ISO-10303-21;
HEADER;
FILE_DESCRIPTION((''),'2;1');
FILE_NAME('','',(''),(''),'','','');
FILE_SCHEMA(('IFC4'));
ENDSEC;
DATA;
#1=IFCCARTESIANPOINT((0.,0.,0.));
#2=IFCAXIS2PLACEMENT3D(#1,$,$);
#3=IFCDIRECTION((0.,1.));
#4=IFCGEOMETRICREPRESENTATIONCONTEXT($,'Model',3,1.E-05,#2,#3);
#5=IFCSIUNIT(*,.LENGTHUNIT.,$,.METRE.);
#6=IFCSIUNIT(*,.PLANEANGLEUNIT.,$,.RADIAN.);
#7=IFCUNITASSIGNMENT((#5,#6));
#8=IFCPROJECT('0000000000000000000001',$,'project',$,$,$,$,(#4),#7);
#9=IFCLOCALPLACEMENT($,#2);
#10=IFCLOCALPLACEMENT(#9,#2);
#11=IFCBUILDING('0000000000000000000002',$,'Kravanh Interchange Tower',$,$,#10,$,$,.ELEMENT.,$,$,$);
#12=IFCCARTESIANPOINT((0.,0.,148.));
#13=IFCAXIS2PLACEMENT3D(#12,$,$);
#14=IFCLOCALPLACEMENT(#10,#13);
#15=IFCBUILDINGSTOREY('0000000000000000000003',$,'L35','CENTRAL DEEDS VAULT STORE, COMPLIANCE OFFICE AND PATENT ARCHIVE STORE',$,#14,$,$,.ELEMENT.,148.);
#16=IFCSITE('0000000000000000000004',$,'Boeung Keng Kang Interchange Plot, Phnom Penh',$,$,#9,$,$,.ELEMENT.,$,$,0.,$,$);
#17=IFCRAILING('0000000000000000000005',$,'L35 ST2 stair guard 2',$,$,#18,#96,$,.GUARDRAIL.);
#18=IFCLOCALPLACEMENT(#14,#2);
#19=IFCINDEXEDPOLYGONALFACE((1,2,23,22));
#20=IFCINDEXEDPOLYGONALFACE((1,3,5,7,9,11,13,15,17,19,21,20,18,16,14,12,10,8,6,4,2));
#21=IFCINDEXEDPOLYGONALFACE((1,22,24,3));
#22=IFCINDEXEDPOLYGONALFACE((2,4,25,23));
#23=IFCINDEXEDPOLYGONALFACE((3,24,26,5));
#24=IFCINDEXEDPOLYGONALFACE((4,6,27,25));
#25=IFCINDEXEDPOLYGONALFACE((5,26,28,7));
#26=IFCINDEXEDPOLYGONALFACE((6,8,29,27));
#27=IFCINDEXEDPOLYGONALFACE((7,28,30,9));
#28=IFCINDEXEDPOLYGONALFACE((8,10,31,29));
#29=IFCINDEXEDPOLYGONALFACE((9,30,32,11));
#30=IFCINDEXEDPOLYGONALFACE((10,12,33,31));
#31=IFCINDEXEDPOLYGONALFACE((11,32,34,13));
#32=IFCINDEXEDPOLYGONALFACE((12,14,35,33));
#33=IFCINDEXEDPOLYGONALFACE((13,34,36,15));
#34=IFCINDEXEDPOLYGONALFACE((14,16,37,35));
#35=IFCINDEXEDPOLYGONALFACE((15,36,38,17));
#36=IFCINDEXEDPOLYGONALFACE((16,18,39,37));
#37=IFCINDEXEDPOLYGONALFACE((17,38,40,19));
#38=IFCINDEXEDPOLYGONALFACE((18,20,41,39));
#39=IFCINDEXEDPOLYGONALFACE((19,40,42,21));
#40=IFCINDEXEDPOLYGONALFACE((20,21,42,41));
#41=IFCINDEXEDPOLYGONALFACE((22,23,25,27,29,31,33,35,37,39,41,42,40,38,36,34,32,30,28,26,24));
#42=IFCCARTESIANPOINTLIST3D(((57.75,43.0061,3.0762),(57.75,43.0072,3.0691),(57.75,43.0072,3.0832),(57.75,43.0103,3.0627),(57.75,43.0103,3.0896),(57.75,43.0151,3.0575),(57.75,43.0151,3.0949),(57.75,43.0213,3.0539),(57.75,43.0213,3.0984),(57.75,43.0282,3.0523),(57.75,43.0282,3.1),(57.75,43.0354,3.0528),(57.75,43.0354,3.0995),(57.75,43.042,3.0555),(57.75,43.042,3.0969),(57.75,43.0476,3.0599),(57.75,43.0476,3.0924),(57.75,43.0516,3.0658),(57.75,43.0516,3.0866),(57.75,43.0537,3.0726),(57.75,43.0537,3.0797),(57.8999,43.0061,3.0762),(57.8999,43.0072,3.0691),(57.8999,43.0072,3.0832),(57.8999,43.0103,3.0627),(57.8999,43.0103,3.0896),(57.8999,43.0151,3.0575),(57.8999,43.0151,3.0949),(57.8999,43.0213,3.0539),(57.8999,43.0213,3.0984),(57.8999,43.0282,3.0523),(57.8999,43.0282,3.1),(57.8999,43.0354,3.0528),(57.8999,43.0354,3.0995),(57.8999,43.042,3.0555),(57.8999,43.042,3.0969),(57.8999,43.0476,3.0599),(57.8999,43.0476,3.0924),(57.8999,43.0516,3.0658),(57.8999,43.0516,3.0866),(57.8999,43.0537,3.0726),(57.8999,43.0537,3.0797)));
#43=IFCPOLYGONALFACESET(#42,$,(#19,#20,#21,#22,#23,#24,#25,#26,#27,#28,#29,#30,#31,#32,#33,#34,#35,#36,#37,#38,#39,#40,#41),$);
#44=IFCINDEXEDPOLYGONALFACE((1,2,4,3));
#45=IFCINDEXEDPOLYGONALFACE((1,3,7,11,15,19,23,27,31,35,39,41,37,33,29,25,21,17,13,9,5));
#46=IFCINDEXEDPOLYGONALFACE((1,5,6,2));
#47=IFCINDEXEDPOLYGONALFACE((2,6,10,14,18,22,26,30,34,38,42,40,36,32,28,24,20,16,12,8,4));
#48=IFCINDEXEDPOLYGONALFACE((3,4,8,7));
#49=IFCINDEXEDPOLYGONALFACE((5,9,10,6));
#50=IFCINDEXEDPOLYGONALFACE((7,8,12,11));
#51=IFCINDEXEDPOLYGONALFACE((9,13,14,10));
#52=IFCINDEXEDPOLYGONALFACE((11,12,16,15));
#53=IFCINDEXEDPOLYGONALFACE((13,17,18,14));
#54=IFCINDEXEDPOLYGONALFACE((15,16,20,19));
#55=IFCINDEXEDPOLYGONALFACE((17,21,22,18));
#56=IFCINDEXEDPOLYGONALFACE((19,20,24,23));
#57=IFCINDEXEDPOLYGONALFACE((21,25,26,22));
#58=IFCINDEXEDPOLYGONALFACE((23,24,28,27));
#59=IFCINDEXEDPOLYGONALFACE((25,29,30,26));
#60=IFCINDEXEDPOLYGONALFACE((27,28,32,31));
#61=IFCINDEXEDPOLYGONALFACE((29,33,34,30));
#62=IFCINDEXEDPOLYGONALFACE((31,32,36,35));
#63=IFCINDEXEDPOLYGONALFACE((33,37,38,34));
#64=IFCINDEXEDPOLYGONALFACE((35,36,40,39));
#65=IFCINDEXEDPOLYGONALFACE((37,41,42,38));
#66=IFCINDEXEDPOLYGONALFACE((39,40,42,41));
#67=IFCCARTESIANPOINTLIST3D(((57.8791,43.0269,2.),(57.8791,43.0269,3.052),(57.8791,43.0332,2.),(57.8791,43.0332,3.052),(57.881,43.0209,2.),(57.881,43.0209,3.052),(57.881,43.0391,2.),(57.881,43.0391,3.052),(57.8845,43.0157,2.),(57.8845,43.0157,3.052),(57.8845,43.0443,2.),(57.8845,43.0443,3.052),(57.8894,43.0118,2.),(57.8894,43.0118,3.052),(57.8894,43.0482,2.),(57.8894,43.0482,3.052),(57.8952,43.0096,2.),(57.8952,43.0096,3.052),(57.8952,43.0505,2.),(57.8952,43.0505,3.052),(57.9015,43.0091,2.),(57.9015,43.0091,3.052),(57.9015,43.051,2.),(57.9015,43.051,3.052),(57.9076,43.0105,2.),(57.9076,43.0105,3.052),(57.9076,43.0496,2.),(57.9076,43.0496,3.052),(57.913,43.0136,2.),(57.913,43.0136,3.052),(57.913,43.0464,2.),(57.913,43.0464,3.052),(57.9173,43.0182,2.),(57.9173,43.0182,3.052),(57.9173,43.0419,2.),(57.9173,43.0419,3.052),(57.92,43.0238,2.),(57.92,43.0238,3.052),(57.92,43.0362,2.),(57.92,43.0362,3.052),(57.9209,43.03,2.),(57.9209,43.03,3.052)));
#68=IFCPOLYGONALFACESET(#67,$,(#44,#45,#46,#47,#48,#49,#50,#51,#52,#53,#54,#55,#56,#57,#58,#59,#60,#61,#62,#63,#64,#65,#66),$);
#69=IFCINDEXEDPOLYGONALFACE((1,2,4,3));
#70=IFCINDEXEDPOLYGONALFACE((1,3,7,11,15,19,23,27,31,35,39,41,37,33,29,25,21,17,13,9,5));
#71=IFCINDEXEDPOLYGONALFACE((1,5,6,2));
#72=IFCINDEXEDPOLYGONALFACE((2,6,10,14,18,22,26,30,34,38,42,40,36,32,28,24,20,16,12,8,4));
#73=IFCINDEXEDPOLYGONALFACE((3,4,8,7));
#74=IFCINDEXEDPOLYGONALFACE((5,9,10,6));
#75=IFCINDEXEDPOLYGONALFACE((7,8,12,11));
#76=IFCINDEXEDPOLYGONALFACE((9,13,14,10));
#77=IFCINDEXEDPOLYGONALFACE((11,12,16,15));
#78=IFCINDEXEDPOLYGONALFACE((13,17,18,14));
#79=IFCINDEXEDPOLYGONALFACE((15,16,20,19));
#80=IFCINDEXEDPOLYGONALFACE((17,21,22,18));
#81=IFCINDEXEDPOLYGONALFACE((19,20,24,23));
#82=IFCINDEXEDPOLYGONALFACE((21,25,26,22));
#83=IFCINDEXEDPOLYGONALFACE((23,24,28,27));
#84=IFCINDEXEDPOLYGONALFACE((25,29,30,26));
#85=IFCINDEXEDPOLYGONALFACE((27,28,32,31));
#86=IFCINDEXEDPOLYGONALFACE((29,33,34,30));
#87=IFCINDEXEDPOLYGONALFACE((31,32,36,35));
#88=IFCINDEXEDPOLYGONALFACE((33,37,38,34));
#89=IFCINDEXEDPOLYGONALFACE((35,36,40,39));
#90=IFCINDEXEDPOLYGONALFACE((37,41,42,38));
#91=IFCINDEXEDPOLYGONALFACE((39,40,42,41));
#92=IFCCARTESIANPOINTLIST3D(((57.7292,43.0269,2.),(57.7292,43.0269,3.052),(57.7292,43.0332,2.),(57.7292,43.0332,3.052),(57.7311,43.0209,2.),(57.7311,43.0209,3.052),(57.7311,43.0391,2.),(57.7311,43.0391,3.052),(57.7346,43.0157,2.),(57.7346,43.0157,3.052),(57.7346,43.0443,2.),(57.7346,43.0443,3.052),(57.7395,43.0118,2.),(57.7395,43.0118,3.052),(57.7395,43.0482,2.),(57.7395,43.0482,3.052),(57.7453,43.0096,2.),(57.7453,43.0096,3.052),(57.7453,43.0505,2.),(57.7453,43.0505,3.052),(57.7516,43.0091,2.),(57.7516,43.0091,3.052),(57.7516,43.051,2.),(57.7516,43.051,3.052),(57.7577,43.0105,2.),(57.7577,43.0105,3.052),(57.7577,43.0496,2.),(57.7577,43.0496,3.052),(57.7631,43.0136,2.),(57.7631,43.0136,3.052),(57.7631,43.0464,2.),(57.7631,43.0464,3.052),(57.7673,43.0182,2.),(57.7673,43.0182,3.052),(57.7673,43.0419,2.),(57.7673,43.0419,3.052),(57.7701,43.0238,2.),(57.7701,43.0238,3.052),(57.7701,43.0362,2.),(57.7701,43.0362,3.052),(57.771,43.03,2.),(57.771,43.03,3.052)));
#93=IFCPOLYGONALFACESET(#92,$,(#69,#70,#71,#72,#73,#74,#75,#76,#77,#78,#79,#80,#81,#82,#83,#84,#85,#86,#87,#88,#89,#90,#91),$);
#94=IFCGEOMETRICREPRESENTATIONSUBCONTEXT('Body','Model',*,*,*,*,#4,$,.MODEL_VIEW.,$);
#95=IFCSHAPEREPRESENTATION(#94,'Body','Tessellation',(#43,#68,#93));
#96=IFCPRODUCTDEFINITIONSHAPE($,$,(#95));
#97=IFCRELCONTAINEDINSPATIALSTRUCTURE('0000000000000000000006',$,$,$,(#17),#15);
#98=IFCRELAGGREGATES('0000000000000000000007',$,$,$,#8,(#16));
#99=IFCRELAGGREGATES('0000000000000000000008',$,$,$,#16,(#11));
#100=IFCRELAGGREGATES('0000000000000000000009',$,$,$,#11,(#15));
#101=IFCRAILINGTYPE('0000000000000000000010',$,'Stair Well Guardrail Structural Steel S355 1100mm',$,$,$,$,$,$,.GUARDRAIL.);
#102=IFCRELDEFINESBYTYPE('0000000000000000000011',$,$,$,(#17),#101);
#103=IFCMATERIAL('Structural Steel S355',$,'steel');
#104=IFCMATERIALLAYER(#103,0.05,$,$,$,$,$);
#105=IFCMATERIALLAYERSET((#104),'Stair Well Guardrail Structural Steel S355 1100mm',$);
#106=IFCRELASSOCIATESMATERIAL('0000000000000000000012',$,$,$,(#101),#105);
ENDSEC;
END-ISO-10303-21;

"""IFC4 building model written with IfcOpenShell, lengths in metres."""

from ifc_helpers import new_model, si_unit, direction, frame, origin, origin_2d, place, context, subcontext, project, spatial, circle, extrude, material, layer, layer_set, type_object, element, save


model = new_model("IFC4")

# Units and contexts
model_context = context("Model", 3, precision=1e-05, world=origin(), true_north=direction((0.0, 1.0)))
body_context = subcontext(model_context, "Body", "Model", "MODEL_VIEW")
ifc_project = project(units=[si_unit("LENGTHUNIT", "METRE"), si_unit("PLANEANGLEUNIT", "RADIAN")], contexts=[model_context])

# Site, building, storey
site_placement = place(None, origin())
site = spatial("IfcSite", under=ifc_project, at=site_placement, Name="Boeung Keng Kang Interchange Plot, Phnom Penh", CompositionType="ELEMENT", RefElevation=0.0)
building_placement = place(site_placement, origin())
building = spatial("IfcBuilding", under=site, at=building_placement, Name="Kravanh Interchange Tower", CompositionType="ELEMENT")
storey_placement = place(building_placement, frame((0.0, 0.0, 148.0)))
storey = spatial("IfcBuildingStorey", under=building, at=storey_placement, Name="L35", Description="CENTRAL DEEDS VAULT STORE, COMPLIANCE OFFICE AND PATENT ARCHIVE STORE", CompositionType="ELEMENT", Elevation=148.0)

# Railing
ifc_material_1 = material(Name="Structural Steel S355", Category="steel")
ifc_layer_1 = layer(ifc_material_1, 0.05)
ifc_layer_set_1 = layer_set([ifc_layer_1], Name="Stair Well Guardrail Structural Steel S355 1100mm")
railing_type_1 = type_object("IfcRailingType", Name="Stair Well Guardrail Structural Steel S355 1100mm", PredefinedType="GUARDRAIL", material=ifc_layer_set_1)
railing_1_placement = place(storey_placement, frame((57.8999, 43.03, 2.0)))
element("IfcRailing", 1, at=railing_1_placement, inside=storey, type_object=railing_type_1, Name="L35 ST2 stair guard 2", PredefinedType="GUARDRAIL", context=body_context, shape_type="SweptSolid", body=[
    extrude(circle(Radius=0.0239, at=origin_2d()), frame((0.0, 0.0, 1.0762), z_axis=(-1.0, 0.0, 0.0), x_axis=(0.0, -1.0, 0.0)), (0.0, 0.0, 1.0), 0.1499),
    extrude(circle(Radius=0.021, at=origin_2d()), origin(), (0.0, 0.0, 1.0), 1.052),
    extrude(circle(Radius=0.021, at=origin_2d()), frame((-0.1499, 0.0, 0.0)), (0.0, 0.0, 1.0), 1.052),
])

save(model, "model.ifc")
